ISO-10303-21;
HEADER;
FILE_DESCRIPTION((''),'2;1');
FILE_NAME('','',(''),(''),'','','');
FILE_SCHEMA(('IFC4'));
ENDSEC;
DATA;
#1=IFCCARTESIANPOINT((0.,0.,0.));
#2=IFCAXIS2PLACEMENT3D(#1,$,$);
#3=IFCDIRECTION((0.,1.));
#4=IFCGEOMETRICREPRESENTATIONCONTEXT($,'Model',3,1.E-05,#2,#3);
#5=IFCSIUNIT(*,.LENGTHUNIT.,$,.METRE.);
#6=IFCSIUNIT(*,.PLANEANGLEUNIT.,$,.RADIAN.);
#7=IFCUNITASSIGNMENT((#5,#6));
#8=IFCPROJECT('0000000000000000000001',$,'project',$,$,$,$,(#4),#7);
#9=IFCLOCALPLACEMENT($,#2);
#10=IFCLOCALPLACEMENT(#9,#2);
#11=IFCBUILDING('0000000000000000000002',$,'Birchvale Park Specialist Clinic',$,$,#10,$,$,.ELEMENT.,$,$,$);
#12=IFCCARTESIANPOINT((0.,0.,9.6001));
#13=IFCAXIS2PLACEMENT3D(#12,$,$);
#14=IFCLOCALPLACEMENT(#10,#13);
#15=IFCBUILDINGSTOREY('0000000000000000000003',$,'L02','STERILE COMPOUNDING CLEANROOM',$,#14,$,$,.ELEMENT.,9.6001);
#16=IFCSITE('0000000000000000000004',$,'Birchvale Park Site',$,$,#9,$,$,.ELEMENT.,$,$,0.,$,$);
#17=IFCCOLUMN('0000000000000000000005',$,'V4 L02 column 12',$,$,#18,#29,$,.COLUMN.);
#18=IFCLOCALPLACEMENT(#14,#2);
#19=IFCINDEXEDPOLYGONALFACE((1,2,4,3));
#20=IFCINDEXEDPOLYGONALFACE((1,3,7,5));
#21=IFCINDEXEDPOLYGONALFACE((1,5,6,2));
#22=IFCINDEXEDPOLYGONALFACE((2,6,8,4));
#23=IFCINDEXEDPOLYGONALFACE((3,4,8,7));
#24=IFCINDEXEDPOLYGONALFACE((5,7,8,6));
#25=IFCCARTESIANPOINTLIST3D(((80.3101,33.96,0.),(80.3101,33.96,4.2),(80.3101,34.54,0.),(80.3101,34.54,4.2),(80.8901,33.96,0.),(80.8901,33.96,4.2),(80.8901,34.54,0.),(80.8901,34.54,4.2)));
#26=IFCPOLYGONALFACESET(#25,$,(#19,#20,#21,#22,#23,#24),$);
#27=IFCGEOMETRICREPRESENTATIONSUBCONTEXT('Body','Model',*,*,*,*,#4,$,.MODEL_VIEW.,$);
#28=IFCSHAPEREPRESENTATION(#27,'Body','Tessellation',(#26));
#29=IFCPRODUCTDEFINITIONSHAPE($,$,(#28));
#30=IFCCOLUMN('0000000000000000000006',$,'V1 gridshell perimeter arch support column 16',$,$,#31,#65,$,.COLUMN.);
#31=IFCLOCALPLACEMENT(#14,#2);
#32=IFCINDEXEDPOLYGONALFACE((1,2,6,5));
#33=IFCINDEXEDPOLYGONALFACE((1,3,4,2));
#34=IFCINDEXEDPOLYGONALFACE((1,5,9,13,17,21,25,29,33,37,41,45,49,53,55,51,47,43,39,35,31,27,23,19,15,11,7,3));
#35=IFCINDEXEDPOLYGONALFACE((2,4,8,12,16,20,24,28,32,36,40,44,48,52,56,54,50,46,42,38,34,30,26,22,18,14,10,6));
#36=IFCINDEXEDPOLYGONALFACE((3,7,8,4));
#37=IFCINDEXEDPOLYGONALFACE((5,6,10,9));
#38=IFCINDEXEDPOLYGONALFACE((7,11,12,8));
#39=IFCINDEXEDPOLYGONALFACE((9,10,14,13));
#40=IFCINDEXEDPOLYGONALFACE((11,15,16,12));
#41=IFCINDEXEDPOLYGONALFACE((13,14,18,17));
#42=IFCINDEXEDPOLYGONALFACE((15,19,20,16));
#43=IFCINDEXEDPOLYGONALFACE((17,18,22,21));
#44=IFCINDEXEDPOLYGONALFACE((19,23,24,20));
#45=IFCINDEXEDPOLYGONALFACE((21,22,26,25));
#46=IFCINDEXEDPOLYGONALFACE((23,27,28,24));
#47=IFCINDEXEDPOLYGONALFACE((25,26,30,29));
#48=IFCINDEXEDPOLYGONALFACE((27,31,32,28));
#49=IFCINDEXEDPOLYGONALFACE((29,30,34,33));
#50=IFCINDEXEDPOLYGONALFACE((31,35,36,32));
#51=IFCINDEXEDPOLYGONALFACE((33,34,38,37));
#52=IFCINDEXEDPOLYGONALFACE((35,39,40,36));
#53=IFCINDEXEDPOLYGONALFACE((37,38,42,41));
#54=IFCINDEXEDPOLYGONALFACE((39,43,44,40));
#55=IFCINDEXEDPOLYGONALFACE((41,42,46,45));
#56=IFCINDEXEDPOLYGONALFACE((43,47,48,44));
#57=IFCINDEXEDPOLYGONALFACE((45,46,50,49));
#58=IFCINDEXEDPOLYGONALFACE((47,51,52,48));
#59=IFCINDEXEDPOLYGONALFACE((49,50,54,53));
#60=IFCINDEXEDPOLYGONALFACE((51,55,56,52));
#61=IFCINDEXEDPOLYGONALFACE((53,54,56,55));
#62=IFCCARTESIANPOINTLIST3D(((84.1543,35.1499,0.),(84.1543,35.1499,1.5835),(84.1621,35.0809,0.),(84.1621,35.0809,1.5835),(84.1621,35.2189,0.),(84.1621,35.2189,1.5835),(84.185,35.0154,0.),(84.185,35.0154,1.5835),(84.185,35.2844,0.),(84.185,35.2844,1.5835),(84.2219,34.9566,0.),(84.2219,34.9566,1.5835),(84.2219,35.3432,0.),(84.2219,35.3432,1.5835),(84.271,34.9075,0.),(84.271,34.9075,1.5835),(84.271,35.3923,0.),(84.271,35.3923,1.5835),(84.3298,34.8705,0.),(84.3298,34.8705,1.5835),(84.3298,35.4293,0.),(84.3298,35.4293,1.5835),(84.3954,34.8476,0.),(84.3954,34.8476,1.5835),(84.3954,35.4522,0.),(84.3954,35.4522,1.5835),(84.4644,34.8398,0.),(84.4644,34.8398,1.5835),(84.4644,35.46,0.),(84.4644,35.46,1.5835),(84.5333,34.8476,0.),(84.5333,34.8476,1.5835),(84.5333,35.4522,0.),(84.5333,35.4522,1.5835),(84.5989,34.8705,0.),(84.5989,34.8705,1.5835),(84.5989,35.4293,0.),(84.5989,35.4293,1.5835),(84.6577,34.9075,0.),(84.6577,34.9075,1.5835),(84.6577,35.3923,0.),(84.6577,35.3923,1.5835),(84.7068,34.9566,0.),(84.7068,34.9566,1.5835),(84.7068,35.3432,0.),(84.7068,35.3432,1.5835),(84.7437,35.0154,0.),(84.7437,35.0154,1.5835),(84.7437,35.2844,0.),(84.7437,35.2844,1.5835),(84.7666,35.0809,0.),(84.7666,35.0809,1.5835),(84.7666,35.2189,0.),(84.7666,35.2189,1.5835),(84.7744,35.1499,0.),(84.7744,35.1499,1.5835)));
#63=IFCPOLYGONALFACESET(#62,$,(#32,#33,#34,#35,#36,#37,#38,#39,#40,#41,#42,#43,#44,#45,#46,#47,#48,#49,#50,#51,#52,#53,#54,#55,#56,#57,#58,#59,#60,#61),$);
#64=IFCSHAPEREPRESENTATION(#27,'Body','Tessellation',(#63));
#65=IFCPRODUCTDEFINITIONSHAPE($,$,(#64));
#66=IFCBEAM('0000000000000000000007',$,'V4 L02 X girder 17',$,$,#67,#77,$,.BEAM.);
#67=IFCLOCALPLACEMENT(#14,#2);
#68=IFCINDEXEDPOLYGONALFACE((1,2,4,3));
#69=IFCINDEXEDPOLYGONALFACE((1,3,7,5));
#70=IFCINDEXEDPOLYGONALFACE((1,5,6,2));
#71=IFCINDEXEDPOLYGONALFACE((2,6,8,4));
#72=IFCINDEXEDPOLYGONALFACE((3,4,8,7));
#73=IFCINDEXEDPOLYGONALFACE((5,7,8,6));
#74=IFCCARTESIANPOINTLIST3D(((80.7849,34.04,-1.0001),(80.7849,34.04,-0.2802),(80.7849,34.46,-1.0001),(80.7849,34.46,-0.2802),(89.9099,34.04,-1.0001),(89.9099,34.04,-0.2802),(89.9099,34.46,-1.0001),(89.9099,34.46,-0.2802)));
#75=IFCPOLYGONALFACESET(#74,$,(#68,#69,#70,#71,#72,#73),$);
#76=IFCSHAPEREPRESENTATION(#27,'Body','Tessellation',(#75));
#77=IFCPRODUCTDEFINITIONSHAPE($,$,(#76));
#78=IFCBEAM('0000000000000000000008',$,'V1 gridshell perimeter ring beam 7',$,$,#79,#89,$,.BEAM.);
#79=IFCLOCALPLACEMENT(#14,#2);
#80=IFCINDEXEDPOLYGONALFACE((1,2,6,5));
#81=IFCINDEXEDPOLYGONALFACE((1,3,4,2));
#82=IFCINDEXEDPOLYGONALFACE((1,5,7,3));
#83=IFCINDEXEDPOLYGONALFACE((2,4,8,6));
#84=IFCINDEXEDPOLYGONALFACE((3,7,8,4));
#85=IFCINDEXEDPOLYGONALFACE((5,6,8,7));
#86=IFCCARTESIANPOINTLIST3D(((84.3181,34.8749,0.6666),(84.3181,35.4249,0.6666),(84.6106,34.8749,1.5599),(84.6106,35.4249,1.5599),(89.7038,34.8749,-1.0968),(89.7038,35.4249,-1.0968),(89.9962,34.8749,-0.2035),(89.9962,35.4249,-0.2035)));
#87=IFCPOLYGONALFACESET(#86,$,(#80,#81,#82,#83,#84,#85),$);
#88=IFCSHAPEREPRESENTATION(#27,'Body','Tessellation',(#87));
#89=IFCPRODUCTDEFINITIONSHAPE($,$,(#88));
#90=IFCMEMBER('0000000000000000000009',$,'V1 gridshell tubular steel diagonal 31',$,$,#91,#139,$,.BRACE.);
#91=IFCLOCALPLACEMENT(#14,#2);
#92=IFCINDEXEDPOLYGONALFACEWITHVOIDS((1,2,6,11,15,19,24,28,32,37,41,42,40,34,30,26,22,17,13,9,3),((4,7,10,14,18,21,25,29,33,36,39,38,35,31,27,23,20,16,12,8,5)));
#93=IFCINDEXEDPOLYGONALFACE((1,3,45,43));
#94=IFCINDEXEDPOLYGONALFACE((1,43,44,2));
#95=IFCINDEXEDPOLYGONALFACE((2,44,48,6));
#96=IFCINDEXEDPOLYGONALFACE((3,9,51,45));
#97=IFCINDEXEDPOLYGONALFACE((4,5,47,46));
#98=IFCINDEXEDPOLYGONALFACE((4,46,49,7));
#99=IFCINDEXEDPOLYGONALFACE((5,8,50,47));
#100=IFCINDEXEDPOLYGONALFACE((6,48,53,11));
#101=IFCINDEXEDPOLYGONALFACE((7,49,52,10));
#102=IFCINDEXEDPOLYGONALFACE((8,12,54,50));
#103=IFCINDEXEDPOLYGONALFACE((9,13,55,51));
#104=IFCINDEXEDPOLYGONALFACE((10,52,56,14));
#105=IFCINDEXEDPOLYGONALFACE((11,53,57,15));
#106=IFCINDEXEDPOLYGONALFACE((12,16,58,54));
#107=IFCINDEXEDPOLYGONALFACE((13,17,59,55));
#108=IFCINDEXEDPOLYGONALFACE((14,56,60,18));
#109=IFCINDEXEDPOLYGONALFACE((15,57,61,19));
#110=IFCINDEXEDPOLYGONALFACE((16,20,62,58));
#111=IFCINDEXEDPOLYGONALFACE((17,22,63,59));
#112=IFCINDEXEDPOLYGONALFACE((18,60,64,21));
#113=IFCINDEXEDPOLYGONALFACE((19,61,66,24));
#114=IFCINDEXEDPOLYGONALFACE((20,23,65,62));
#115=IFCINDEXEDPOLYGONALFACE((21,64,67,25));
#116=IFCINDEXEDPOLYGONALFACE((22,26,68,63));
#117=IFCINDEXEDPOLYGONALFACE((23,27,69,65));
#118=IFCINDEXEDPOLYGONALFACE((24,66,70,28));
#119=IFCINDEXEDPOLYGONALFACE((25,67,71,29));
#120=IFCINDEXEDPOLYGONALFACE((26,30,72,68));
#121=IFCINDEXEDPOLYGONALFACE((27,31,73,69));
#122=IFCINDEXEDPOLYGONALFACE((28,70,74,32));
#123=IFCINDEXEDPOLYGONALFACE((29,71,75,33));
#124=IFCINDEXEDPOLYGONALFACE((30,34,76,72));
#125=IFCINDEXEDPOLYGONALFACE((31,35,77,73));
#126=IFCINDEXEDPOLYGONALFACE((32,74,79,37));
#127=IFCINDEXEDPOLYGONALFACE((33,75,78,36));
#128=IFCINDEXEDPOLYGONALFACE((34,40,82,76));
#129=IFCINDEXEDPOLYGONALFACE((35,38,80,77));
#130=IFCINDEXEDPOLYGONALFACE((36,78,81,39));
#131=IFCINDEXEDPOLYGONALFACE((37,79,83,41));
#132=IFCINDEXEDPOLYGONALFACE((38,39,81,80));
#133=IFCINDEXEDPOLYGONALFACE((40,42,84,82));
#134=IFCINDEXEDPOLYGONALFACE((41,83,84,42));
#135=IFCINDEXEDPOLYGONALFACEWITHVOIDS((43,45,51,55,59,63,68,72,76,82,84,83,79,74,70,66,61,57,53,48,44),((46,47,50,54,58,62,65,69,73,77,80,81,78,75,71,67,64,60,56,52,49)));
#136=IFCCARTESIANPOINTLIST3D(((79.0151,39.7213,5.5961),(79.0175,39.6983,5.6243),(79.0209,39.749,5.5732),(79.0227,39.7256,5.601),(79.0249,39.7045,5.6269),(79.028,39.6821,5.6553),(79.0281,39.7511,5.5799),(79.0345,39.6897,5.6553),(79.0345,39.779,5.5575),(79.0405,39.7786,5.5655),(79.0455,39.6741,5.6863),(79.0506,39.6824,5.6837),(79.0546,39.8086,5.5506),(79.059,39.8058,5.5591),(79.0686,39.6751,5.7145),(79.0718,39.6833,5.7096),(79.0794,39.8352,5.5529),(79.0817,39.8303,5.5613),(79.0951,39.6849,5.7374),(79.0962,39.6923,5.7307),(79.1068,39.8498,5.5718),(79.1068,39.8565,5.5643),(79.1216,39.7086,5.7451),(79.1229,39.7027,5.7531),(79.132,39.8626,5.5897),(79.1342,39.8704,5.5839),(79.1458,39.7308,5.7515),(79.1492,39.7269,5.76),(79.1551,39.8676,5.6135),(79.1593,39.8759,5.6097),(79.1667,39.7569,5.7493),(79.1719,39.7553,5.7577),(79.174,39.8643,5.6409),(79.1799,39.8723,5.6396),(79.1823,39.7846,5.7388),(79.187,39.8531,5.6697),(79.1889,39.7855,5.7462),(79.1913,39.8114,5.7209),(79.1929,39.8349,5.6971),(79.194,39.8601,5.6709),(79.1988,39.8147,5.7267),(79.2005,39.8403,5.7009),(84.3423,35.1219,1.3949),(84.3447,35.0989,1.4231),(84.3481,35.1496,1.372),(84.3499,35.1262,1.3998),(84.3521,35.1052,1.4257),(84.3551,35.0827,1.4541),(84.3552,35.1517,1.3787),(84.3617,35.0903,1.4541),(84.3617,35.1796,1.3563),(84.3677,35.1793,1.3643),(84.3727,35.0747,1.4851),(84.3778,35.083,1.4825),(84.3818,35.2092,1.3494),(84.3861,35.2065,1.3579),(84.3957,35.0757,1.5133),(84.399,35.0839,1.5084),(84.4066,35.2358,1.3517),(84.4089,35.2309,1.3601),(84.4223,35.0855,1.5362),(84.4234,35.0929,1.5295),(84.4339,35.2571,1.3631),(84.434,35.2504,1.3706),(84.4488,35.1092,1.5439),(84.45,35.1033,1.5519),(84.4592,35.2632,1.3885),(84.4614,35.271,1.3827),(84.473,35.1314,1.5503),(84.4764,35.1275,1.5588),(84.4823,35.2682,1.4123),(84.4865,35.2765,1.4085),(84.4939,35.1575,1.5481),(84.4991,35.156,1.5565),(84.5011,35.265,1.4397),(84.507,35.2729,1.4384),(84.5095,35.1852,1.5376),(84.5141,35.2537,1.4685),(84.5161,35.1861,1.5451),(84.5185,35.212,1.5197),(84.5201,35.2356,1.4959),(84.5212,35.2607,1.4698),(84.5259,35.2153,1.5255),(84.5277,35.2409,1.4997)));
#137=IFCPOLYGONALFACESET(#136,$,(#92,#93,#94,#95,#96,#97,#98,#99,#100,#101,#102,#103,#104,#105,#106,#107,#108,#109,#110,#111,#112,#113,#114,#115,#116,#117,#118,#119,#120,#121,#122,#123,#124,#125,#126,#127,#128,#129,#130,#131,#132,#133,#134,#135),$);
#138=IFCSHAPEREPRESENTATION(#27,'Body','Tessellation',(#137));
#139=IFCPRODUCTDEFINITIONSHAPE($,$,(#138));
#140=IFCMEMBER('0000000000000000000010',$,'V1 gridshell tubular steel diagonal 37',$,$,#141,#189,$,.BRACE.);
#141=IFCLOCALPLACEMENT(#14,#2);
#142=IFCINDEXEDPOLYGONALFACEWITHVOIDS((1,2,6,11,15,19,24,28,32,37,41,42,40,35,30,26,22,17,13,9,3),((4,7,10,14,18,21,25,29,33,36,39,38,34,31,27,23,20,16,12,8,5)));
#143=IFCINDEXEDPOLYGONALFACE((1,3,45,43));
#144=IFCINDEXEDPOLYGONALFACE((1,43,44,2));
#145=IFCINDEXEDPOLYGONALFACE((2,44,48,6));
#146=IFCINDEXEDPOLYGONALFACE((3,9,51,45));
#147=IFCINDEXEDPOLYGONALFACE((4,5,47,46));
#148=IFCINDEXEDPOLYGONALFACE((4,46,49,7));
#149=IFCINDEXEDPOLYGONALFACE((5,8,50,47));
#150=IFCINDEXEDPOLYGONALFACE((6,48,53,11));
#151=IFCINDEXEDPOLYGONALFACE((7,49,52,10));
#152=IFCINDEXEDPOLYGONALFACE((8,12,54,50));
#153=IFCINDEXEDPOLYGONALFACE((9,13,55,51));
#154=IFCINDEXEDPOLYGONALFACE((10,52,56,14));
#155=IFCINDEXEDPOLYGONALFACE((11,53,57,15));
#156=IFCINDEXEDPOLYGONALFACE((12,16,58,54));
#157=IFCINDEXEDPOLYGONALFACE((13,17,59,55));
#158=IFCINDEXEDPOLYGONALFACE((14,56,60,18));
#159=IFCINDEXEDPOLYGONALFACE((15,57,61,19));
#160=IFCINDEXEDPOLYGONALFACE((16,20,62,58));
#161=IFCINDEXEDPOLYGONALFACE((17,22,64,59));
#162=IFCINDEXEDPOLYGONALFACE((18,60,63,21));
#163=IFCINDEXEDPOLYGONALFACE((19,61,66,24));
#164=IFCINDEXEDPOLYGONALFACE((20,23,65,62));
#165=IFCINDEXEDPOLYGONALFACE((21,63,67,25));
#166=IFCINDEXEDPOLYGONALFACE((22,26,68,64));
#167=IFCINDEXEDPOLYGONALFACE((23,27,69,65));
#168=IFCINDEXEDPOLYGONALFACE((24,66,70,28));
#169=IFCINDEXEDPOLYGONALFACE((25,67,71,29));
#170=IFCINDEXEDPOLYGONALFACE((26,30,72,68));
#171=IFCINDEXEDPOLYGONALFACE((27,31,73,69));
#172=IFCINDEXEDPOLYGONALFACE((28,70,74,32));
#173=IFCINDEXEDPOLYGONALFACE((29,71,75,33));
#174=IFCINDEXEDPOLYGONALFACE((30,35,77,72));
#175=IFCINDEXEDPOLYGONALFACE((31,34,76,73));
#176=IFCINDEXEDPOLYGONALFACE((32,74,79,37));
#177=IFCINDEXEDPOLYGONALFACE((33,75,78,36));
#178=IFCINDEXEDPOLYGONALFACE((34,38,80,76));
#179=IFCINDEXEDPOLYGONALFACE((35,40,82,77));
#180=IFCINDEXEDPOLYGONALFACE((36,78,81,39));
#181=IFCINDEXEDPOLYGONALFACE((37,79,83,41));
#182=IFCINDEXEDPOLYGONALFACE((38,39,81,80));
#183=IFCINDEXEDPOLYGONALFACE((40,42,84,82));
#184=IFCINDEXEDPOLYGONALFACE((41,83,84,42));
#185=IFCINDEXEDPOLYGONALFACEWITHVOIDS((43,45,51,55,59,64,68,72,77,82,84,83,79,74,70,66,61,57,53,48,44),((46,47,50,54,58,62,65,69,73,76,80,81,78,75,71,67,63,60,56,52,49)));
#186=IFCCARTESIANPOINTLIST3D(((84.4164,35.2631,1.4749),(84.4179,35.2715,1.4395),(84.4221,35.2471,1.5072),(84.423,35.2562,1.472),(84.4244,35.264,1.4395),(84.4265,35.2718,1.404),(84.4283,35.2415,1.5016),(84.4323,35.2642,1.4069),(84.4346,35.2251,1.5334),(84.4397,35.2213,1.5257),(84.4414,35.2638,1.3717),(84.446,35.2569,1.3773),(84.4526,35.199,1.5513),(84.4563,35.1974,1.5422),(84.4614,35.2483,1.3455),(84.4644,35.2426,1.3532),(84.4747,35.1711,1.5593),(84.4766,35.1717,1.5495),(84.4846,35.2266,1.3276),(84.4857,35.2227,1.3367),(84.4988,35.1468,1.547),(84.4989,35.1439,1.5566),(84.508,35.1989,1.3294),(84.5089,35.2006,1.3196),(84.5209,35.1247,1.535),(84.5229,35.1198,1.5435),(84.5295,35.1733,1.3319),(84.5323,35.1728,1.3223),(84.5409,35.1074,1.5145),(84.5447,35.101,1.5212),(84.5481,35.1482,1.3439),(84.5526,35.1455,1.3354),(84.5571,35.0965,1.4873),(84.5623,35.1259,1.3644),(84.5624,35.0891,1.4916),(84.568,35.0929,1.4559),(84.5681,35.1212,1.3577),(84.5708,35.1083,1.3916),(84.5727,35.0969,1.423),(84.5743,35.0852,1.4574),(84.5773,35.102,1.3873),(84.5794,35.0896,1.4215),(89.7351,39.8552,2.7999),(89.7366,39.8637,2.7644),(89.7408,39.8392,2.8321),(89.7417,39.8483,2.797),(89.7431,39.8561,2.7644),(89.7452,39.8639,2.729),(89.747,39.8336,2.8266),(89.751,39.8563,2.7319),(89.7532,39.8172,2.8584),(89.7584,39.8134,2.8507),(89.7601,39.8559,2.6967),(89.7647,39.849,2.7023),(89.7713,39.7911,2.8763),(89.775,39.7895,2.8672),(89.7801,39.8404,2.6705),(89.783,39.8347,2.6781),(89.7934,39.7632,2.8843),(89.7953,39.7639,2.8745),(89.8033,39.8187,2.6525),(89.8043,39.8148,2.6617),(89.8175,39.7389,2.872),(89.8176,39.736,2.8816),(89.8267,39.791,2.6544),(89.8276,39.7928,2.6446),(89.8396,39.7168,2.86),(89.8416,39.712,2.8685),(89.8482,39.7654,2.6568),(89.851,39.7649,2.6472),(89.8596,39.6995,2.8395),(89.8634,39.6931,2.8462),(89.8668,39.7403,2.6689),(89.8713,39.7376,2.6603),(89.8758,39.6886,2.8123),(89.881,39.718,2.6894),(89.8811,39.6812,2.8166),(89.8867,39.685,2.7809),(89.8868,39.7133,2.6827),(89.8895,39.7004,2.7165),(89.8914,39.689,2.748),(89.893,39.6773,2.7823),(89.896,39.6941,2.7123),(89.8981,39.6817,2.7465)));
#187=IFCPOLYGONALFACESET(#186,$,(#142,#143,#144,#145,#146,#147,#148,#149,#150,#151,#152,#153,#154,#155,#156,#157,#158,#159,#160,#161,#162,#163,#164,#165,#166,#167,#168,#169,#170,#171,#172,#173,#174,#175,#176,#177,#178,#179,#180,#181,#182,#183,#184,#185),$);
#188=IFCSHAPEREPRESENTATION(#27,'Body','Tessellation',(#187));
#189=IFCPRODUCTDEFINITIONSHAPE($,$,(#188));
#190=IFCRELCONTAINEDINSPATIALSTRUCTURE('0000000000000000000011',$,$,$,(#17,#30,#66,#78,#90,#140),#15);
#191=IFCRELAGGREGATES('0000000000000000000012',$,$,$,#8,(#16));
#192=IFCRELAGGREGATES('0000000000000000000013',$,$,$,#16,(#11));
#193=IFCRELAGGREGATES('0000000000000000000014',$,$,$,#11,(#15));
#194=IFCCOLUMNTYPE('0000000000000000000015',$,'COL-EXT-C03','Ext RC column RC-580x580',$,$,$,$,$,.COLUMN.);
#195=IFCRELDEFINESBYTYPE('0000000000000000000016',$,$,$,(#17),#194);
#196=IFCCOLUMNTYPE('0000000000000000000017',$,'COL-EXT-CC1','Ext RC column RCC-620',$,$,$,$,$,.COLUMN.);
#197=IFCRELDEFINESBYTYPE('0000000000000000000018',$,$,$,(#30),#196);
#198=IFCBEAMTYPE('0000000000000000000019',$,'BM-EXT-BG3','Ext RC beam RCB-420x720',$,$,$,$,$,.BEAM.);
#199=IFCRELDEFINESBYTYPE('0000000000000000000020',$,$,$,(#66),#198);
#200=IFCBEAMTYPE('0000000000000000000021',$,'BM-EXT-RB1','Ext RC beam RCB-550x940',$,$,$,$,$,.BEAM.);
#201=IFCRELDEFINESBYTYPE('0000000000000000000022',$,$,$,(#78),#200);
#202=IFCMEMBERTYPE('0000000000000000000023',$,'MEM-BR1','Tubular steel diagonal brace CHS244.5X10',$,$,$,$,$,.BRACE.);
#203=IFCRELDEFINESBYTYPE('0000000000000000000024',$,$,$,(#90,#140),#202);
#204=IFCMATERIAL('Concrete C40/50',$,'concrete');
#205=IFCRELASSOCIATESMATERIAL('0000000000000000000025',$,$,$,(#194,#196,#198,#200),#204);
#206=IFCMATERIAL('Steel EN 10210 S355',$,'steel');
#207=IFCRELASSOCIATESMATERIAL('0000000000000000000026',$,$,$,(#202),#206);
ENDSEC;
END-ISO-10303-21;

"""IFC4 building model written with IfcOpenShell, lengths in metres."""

from ifc_helpers import new_model, si_unit, direction, frame, origin, origin_2d, place, context, subcontext, project, spatial, rectangle, circle, hollow_circle, extrude, material, material_profile, profile_set, type_object, element, save


model = new_model("IFC4")

# Units and contexts
model_context = context("Model", 3, precision=1e-05, world=origin(), true_north=direction((0.0, 1.0)))
body_context = subcontext(model_context, "Body", "Model", "MODEL_VIEW")
ifc_project = project(units=[si_unit("LENGTHUNIT", "METRE"), si_unit("PLANEANGLEUNIT", "RADIAN")], contexts=[model_context])

# Site, building, storey
site_placement = place(None, origin())
site = spatial("IfcSite", under=ifc_project, at=site_placement, Name="Birchvale Park Site", CompositionType="ELEMENT", RefElevation=0.0)
building_placement = place(site_placement, origin())
building = spatial("IfcBuilding", under=site, at=building_placement, Name="Birchvale Park Specialist Clinic", CompositionType="ELEMENT")
storey_placement = place(building_placement, frame((0.0, 0.0, 9.6001)))
storey = spatial("IfcBuildingStorey", under=building, at=storey_placement, Name="L02", Description="STERILE COMPOUNDING CLEANROOM", CompositionType="ELEMENT", Elevation=9.6001)

# Columns
ifc_material_1 = material(Name="Concrete C40/50", Category="concrete")
ifc_material_profile_1 = material_profile(ifc_material_1, rectangle(XDim=0.5801, YDim=0.5801, at=origin_2d()), Name="RC-580x580")
ifc_profile_set_1 = profile_set([ifc_material_profile_1], Name="Concrete C40/50")
column_type_1 = type_object("IfcColumnType", Name="COL-EXT-C03", Description="Ext RC column RC-580x580", PredefinedType="COLUMN", material=ifc_profile_set_1)
column_1_placement = place(storey_placement, frame((80.6001, 34.25, 0.0), z_axis=(0.0, 0.0, 1.0), x_axis=(1.0, 0.0, 0.0)))
element("IfcColumn", 1, at=column_1_placement, inside=storey, type_object=column_type_1, Name="V4 L02 column 12", PredefinedType="COLUMN", context=body_context, shape_type="SweptSolid", body=[
    extrude(rectangle(XDim=0.5801, YDim=0.5801, at=origin_2d()), origin(), (0.0, 0.0, 1.0), 4.2),
])
ifc_material_profile_2 = material_profile(ifc_material_1, circle(Radius=0.3101, at=origin_2d()), Name="RCC-620")
ifc_profile_set_2 = profile_set([ifc_material_profile_2], Name="Concrete C40/50")
column_type_2 = type_object("IfcColumnType", Name="COL-EXT-CC1", Description="Ext RC column RCC-620", PredefinedType="COLUMN", material=ifc_profile_set_2)
column_2_placement = place(storey_placement, frame((84.4644, 35.1499, 0.0), z_axis=(0.0, 0.0, 1.0), x_axis=(1.0, 0.0, 0.0)))
element("IfcColumn", 2, at=column_2_placement, inside=storey, type_object=column_type_2, Name="V1 gridshell perimeter arch support column 16", PredefinedType="COLUMN", context=body_context, shape_type="SweptSolid", body=[
    extrude(circle(Radius=0.3101, at=origin_2d()), origin(), (0.0, 0.0, 1.0), 1.5835),
])

# Beams
ifc_material_profile_3 = material_profile(ifc_material_1, rectangle(XDim=0.4199, YDim=0.72, at=origin_2d()), Name="RCB-420x720")
ifc_profile_set_3 = profile_set([ifc_material_profile_3], Name="Concrete C40/50")
beam_type_1 = type_object("IfcBeamType", Name="BM-EXT-BG3", Description="Ext RC beam RCB-420x720", PredefinedType="BEAM", material=ifc_profile_set_3)
beam_1_placement = place(storey_placement, frame((80.7849, 34.25, -0.6401), z_axis=(1.0, 0.0, 0.0), x_axis=(0.0, 1.0, 0.0)))
element("IfcBeam", 3, at=beam_1_placement, inside=storey, type_object=beam_type_1, Name="V4 L02 X girder 17", PredefinedType="BEAM", context=body_context, shape_type="SweptSolid", body=[
    extrude(rectangle(XDim=0.4199, YDim=0.72, at=origin_2d()), origin(), (0.0, 0.0, 1.0), 9.125),
])
ifc_material_profile_4 = material_profile(ifc_material_1, rectangle(XDim=0.55, YDim=0.9399, at=origin_2d()), Name="RCB-550x940")
ifc_profile_set_4 = profile_set([ifc_material_profile_4], Name="Concrete C40/50")
beam_type_2 = type_object("IfcBeamType", Name="BM-EXT-RB1", Description="Ext RC beam RCB-550x940", PredefinedType="BEAM", material=ifc_profile_set_4)
beam_2_placement = place(storey_placement, frame((84.4644, 35.1499, 1.1133), z_axis=(0.950354, 0.0, -0.31117), x_axis=(0.0, 1.0, 0.0)))
element("IfcBeam", 4, at=beam_2_placement, inside=storey, type_object=beam_type_2, Name="V1 gridshell perimeter ring beam 7", PredefinedType="BEAM", context=body_context, shape_type="SweptSolid", body=[
    extrude(rectangle(XDim=0.55, YDim=0.9399, at=origin_2d()), origin(), (0.0, 0.0, 1.0), 5.667),
])

# Members
ifc_material_2 = material(Name="Steel EN 10210 S355", Category="steel")
ifc_material_profile_5 = material_profile(ifc_material_2, hollow_circle(Radius=0.1223, WallThickness=0.01, at=origin_2d()), Name="CHS244.5X10")
ifc_profile_set_5 = profile_set([ifc_material_profile_5], Name="Steel EN 10210 S355")
member_type_1 = type_object("IfcMemberType", Name="MEM-BR1", Description="Tubular steel diagonal brace CHS244.5X10", PredefinedType="BRACE", material=ifc_profile_set_5)
member_1_placement = place(storey_placement, frame((84.4351, 35.1753, 1.4541), z_axis=(-0.64993, 0.561138, 0.512557), x_axis=(-0.65351, -0.756918, 0.0)))
element("IfcMember", 5, at=member_1_placement, inside=storey, type_object=member_type_1, Name="V1 gridshell tubular steel diagonal 31", PredefinedType="BRACE", context=body_context, shape_type="SweptSolid", body=[
    extrude(hollow_circle(Radius=0.1223, WallThickness=0.01, at=origin_2d()), origin(), (0.0, 0.0, 1.0), 8.1965),
])
member_2_placement = place(storey_placement, frame((84.4978, 35.179, 1.4395), z_axis=(0.743807, 0.642197, 0.185294), x_axis=(-0.653514, 0.756914, 0.0)))
element("IfcMember", 6, at=member_2_placement, inside=storey, type_object=member_type_1, Name="V1 gridshell tubular steel diagonal 37", PredefinedType="BRACE", context=body_context, shape_type="SweptSolid", body=[
    extrude(hollow_circle(Radius=0.1223, WallThickness=0.01, at=origin_2d()), origin(), (0.0, 0.0, 1.0), 7.1506),
])

save(model, "model.ifc")
